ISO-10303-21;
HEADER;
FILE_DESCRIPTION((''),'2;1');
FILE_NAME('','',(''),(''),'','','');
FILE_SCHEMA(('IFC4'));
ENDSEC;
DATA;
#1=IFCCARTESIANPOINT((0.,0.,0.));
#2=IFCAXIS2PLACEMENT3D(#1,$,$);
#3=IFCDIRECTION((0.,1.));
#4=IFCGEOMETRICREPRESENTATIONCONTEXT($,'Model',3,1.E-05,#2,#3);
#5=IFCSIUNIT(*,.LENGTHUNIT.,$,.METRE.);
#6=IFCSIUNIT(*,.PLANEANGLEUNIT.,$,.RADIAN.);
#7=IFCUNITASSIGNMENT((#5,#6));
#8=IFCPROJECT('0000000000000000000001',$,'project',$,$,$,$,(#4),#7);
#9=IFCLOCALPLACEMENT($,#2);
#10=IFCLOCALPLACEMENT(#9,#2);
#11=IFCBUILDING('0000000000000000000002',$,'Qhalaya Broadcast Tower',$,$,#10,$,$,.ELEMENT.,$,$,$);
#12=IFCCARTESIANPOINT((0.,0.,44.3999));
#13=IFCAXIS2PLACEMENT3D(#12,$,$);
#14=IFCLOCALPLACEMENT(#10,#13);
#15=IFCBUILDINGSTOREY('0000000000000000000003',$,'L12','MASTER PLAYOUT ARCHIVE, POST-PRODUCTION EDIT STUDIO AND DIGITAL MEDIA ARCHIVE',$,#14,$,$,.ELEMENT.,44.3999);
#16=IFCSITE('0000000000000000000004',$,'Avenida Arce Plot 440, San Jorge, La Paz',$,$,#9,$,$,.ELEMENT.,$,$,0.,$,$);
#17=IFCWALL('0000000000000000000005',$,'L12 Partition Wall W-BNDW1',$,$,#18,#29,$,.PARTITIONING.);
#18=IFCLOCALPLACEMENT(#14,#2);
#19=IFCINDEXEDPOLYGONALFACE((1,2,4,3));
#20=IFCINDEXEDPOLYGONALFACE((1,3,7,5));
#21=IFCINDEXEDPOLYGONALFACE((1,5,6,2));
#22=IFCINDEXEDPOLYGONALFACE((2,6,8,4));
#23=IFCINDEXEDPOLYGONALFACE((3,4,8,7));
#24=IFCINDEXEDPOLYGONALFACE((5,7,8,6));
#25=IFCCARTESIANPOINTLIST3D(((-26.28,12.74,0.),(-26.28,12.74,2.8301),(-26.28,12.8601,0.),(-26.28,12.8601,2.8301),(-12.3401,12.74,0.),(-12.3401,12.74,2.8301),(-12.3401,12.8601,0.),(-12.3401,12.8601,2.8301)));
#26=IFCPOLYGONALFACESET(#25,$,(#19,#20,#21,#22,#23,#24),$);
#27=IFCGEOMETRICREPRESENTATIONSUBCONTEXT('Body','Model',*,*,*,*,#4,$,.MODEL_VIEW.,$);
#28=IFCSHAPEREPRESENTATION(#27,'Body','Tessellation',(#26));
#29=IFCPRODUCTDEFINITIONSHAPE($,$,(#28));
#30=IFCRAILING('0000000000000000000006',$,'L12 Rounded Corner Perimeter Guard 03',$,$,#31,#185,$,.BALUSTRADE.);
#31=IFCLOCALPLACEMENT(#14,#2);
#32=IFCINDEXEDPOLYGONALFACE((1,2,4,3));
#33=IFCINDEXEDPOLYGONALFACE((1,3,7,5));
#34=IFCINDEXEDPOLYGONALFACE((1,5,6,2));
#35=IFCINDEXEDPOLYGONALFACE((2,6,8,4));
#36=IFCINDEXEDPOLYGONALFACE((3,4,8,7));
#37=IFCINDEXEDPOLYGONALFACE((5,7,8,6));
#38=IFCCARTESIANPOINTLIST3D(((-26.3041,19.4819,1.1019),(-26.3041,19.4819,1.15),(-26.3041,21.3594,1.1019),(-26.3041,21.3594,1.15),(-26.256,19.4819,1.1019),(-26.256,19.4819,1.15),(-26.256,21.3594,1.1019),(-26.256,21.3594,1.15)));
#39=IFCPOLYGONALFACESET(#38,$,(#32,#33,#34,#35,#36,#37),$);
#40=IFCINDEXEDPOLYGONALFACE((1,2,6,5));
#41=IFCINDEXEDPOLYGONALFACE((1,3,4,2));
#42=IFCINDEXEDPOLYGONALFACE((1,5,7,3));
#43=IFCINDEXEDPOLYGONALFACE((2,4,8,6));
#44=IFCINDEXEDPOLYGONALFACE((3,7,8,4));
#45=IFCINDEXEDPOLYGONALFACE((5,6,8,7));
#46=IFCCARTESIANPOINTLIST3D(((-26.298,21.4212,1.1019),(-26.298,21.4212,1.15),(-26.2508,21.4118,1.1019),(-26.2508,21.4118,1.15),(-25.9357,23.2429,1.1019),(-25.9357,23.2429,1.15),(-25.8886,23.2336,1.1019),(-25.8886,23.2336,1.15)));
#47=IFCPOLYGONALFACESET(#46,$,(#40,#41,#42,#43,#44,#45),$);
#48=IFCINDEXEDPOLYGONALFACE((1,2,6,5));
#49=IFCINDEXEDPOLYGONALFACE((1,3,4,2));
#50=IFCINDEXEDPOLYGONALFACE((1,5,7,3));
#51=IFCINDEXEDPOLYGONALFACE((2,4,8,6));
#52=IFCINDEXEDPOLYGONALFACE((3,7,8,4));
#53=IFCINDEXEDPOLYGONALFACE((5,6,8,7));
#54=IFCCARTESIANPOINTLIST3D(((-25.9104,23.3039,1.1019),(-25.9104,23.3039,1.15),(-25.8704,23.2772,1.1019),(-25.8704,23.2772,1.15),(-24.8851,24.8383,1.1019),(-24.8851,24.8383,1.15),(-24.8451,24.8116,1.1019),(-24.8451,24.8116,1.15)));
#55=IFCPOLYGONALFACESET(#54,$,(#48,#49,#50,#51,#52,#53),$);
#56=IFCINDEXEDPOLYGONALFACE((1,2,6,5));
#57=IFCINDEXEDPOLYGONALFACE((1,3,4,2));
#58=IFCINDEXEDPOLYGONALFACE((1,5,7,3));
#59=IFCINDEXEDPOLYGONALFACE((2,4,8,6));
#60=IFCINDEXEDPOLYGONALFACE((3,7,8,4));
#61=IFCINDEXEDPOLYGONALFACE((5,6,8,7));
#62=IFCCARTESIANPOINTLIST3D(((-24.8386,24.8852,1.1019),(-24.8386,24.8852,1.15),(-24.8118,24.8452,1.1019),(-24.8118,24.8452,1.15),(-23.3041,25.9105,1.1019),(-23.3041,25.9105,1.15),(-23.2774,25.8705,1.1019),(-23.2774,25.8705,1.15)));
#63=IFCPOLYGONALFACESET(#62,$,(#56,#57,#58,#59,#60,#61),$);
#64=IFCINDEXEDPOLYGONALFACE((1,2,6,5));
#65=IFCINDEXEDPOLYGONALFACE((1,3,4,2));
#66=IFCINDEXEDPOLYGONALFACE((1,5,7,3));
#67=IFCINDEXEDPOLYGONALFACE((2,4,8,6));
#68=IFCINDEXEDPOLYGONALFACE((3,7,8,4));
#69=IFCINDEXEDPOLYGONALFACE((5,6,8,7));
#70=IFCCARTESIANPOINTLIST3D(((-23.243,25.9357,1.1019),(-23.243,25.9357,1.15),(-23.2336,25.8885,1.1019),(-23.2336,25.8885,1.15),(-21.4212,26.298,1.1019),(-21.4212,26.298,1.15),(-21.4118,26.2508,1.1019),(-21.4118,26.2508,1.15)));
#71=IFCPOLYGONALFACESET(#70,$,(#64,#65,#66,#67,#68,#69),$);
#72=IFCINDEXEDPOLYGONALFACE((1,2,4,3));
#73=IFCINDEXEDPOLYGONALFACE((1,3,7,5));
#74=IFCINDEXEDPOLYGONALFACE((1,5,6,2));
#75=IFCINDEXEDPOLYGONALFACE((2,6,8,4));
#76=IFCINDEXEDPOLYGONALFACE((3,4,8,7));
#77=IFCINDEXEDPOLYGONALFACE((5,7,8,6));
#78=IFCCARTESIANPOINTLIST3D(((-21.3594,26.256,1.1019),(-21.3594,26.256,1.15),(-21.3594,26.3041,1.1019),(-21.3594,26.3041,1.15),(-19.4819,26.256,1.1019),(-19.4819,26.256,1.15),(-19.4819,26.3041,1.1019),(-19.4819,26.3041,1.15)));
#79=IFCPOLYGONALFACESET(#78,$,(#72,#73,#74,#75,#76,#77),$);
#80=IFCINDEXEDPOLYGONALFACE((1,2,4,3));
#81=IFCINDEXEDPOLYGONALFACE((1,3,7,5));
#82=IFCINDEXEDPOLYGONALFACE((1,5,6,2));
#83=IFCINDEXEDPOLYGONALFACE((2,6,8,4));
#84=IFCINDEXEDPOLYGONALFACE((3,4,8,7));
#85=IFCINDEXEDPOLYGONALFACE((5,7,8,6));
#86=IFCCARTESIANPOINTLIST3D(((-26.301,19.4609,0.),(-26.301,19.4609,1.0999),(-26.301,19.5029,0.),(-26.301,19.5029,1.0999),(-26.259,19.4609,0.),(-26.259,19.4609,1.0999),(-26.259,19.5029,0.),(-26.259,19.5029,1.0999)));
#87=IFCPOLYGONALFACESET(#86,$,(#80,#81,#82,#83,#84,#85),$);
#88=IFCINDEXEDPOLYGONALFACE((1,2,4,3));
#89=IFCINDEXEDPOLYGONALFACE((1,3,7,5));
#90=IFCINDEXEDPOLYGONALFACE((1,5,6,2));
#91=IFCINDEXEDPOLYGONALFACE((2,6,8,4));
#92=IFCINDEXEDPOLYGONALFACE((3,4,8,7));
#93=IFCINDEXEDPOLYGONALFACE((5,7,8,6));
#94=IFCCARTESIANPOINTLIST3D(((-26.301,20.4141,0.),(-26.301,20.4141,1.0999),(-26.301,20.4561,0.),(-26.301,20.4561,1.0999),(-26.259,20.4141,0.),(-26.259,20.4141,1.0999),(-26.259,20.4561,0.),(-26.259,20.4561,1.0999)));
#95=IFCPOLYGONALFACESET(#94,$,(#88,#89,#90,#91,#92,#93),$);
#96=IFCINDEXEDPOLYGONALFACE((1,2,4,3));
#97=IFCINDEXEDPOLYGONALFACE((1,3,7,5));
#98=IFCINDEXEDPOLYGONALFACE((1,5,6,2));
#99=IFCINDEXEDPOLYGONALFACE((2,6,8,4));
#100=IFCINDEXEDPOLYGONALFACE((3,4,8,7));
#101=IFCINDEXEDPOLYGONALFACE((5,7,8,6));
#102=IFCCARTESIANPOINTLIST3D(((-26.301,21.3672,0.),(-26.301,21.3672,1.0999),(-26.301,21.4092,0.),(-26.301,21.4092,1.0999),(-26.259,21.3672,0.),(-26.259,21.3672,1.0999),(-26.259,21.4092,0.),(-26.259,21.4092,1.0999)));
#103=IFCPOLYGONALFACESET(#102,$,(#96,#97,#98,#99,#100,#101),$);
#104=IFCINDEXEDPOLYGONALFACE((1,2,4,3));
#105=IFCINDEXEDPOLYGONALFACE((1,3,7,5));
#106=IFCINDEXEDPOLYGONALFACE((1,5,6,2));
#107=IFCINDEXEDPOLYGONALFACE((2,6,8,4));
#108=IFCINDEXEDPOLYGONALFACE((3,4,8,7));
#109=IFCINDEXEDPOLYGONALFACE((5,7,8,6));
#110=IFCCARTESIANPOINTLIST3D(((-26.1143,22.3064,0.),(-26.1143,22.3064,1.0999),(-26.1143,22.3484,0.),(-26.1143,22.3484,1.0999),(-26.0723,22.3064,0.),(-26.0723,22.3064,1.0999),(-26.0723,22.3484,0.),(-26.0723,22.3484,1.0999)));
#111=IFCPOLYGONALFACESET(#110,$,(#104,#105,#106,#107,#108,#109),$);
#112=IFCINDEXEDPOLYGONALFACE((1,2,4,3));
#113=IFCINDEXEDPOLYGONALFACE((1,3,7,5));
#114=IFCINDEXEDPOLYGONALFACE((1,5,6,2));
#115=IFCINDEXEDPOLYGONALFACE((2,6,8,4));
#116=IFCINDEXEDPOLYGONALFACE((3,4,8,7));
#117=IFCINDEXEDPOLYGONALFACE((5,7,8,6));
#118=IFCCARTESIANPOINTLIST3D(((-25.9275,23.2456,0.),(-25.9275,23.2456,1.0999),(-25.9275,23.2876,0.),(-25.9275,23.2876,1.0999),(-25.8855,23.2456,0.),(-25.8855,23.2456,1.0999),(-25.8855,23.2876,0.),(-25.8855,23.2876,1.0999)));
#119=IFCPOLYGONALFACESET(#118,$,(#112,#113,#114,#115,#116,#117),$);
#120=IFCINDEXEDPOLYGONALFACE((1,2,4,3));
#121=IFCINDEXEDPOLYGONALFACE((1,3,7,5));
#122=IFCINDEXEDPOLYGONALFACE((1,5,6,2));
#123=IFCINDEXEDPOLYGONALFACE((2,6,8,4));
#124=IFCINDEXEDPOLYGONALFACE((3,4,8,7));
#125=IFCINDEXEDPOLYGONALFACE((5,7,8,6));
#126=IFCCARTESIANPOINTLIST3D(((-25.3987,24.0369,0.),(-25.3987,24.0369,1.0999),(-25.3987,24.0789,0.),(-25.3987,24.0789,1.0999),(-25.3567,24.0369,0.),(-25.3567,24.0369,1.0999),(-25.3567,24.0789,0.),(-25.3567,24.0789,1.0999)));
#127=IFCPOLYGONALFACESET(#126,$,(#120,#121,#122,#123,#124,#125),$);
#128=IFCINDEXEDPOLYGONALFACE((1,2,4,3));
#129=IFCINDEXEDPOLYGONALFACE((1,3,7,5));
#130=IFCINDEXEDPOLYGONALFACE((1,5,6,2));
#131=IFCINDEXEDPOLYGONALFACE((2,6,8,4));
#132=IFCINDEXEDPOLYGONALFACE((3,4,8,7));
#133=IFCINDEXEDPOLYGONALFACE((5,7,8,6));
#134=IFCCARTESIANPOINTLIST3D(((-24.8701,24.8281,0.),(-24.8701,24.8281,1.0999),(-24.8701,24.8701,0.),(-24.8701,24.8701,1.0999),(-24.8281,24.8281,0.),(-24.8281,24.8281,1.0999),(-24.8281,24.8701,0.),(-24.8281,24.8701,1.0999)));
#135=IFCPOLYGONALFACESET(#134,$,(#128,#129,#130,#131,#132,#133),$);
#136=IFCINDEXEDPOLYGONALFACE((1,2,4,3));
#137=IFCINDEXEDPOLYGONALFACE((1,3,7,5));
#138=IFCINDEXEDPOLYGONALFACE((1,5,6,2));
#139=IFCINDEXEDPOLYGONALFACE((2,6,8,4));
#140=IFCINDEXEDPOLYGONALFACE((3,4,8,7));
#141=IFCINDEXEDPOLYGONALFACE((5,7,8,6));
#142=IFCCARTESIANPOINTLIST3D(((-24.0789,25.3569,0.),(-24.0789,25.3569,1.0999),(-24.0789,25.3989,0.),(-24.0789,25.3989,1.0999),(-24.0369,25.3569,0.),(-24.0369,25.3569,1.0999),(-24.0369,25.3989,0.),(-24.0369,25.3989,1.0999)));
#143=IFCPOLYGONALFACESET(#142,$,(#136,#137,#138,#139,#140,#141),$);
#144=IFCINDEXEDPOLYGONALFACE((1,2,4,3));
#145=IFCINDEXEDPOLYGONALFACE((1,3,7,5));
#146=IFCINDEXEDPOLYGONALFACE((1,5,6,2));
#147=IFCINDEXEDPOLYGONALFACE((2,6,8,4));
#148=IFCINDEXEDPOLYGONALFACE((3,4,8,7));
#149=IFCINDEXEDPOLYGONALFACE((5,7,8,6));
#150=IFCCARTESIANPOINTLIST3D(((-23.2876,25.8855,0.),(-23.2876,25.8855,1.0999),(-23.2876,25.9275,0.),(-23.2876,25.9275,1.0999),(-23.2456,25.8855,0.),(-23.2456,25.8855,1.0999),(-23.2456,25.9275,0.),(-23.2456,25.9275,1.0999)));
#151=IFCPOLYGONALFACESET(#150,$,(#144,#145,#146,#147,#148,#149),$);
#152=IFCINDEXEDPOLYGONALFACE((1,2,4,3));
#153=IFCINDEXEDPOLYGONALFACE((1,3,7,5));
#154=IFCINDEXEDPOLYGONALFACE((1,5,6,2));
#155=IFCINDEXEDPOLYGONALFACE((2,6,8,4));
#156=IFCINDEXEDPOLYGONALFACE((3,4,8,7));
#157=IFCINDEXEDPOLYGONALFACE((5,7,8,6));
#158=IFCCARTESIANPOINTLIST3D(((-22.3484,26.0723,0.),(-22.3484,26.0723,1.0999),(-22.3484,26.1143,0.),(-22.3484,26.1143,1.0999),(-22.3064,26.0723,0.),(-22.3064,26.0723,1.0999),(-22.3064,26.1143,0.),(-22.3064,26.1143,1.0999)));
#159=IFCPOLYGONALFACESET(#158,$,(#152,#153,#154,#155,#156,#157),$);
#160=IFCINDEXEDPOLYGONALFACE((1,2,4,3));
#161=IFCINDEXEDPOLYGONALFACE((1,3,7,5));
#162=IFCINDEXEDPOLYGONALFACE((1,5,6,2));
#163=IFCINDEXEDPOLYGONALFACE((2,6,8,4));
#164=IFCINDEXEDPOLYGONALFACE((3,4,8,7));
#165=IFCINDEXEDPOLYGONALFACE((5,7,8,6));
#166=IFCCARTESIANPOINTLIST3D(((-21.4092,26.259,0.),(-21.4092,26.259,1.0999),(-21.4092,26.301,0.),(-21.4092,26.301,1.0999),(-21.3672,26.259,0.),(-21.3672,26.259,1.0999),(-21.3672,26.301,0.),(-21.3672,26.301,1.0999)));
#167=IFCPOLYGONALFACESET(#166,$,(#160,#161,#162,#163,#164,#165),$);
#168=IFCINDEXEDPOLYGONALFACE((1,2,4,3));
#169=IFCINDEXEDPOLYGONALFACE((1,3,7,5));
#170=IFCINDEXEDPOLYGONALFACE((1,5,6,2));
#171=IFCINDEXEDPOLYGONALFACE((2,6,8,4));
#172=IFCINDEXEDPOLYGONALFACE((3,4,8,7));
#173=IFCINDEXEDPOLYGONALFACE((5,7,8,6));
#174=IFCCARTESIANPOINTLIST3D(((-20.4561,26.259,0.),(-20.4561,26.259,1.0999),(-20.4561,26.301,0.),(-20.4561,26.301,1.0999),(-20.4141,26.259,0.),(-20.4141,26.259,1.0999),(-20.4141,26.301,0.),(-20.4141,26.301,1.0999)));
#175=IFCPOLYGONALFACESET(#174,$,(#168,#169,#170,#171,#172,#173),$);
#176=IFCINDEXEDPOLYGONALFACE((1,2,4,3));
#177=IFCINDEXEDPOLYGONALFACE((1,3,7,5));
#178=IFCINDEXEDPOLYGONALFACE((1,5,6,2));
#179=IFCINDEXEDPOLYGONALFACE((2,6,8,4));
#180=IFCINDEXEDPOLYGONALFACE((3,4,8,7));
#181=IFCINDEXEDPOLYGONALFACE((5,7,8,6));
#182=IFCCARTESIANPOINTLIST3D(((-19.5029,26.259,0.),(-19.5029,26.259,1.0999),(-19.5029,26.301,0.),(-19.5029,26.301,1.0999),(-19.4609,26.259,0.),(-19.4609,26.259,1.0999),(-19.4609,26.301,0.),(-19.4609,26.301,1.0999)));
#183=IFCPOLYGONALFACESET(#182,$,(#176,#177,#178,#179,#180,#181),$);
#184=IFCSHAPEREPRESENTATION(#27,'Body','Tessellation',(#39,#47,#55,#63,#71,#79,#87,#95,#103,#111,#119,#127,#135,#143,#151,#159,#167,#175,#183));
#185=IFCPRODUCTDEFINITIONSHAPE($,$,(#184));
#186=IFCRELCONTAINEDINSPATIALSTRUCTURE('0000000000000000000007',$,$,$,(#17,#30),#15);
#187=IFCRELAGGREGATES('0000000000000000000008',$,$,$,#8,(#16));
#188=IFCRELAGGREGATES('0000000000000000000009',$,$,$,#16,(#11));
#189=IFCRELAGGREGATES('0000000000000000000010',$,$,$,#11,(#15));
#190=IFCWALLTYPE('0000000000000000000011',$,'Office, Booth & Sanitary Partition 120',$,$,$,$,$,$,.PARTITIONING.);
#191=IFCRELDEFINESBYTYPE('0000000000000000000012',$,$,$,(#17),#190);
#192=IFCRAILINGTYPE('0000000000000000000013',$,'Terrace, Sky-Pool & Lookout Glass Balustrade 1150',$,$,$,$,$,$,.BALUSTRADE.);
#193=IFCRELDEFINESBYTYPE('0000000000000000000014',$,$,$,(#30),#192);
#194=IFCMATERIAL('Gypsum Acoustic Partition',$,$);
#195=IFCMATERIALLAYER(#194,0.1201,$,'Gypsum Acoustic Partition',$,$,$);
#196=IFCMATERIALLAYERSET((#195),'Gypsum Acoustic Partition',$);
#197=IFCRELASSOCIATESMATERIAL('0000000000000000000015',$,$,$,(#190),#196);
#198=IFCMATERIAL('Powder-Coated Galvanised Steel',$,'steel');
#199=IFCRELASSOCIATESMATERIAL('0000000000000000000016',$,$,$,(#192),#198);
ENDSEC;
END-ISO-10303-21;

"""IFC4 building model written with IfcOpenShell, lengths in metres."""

from ifc_helpers import new_model, si_unit, direction, frame, frame_2d, origin, origin_2d, place, context, subcontext, project, spatial, rectangle, extrude, material, layer, layer_set, type_object, element, save


model = new_model("IFC4")

# Units and contexts
model_context = context("Model", 3, precision=1e-05, world=origin(), true_north=direction((0.0, 1.0)))
body_context = subcontext(model_context, "Body", "Model", "MODEL_VIEW")
ifc_project = project(units=[si_unit("LENGTHUNIT", "METRE"), si_unit("PLANEANGLEUNIT", "RADIAN")], contexts=[model_context])

# Site, building, storey
site_placement = place(None, origin())
site = spatial("IfcSite", under=ifc_project, at=site_placement, Name="Avenida Arce Plot 440, San Jorge, La Paz", CompositionType="ELEMENT", RefElevation=0.0)
building_placement = place(site_placement, origin())
building = spatial("IfcBuilding", under=site, at=building_placement, Name="Qhalaya Broadcast Tower", CompositionType="ELEMENT")
storey_placement = place(building_placement, frame((0.0, 0.0, 44.3999)))
storey = spatial("IfcBuildingStorey", under=building, at=storey_placement, Name="L12", Description="MASTER PLAYOUT ARCHIVE, POST-PRODUCTION EDIT STUDIO AND DIGITAL MEDIA ARCHIVE", CompositionType="ELEMENT", Elevation=44.3999)

# Wall
ifc_material_1 = material(Name="Gypsum Acoustic Partition")
ifc_layer_1 = layer(ifc_material_1, 0.1201, Name="Gypsum Acoustic Partition")
ifc_layer_set_1 = layer_set([ifc_layer_1], Name="Gypsum Acoustic Partition")
wall_type_1 = type_object("IfcWallType", Name="Office, Booth & Sanitary Partition 120", PredefinedType="PARTITIONING", material=ifc_layer_set_1)
wall_1_placement = place(storey_placement, frame((-26.28, 12.8, 0.0), z_axis=(0.0, 0.0, 1.0), x_axis=(1.0, 0.0, 0.0)))
element("IfcWall", 1, at=wall_1_placement, inside=storey, type_object=wall_type_1, Name="L12 Partition Wall W-BNDW1", PredefinedType="PARTITIONING", context=body_context, shape_type="SweptSolid", body=[
    extrude(rectangle(XDim=13.9399, YDim=0.1201, at=frame_2d((6.97, 0.0))), origin(), (0.0, 0.0, 1.0), 2.8301),
])

# Railing
ifc_material_2 = material(Name="Powder-Coated Galvanised Steel", Category="steel")
railing_type = type_object("IfcRailingType", Name="Terrace, Sky-Pool & Lookout Glass Balustrade 1150", PredefinedType="BALUSTRADE", material=ifc_material_2)
railing_placement = place(storey_placement, frame((-26.28, 19.4819, 0.0)))
element("IfcRailing", 2, at=railing_placement, inside=storey, type_object=railing_type, Name="L12 Rounded Corner Perimeter Guard 03", PredefinedType="BALUSTRADE", context=body_context, shape_type="SweptSolid", body=[
    extrude(rectangle(XDim=0.0481, YDim=0.0481, at=origin_2d()), frame((0.0, 0.0, 1.126), z_axis=(0.0, 1.0, 0.0), x_axis=(-1.0, 0.0, 0.0)), (0.0, 0.0, 1.0), 1.8774),
    extrude(rectangle(XDim=0.0481, YDim=0.0481, at=origin_2d()), frame((0.0056, 1.9346, 1.126), z_axis=(0.195037, 0.980796, 0.0), x_axis=(-0.980796, 0.195037, 0.0)), (0.0, 0.0, 1.0), 1.8574),
    extrude(rectangle(XDim=0.0481, YDim=0.0481, at=origin_2d()), frame((0.3896, 3.8086, 1.126), z_axis=(0.555558, 0.831478, 0.0), x_axis=(-0.831478, 0.555558, 0.0)), (0.0, 0.0, 1.0), 1.8455),
    extrude(rectangle(XDim=0.0481, YDim=0.0481, at=origin_2d()), frame((1.4548, 5.3833, 1.126), z_axis=(0.831478, 0.555558, 0.0), x_axis=(-0.555558, 0.831478, 0.0)), (0.0, 0.0, 1.0), 1.8455),
    extrude(rectangle(XDim=0.0481, YDim=0.0481, at=origin_2d()), frame((3.0417, 6.4302, 1.126), z_axis=(0.980796, 0.195037, 0.0), x_axis=(-0.195037, 0.980796, 0.0)), (0.0, 0.0, 1.0), 1.8574),
    extrude(rectangle(XDim=0.0481, YDim=0.0481, at=origin_2d()), frame((4.9207, 6.7981, 1.126), z_axis=(1.0, 0.0, 0.0), x_axis=(0.0, 1.0, 0.0)), (0.0, 0.0, 1.0), 1.8774),
    extrude(rectangle(XDim=0.042, YDim=0.042, at=origin_2d()), origin(), (0.0, 0.0, 1.0), 1.0999),
    extrude(rectangle(XDim=0.042, YDim=0.042, at=origin_2d()), frame((0.0, 0.9531, 0.0)), (0.0, 0.0, 1.0), 1.0999),
    extrude(rectangle(XDim=0.042, YDim=0.042, at=origin_2d()), frame((0.0, 1.9062, 0.0)), (0.0, 0.0, 1.0), 1.0999),
    extrude(rectangle(XDim=0.042, YDim=0.042, at=origin_2d()), frame((0.1868, 2.8455, 0.0)), (0.0, 0.0, 1.0), 1.0999),
    extrude(rectangle(XDim=0.042, YDim=0.042, at=origin_2d()), frame((0.3735, 3.7847, 0.0)), (0.0, 0.0, 1.0), 1.0999),
    extrude(rectangle(XDim=0.042, YDim=0.042, at=origin_2d()), frame((0.9023, 4.5759, 0.0)), (0.0, 0.0, 1.0), 1.0999),
    extrude(rectangle(XDim=0.042, YDim=0.042, at=origin_2d()), frame((1.4309, 5.3672, 0.0)), (0.0, 0.0, 1.0), 1.0999),
    extrude(rectangle(XDim=0.042, YDim=0.042, at=origin_2d()), frame((2.2222, 5.896, 0.0)), (0.0, 0.0, 1.0), 1.0999),
    extrude(rectangle(XDim=0.042, YDim=0.042, at=origin_2d()), frame((3.0134, 6.4246, 0.0)), (0.0, 0.0, 1.0), 1.0999),
    extrude(rectangle(XDim=0.042, YDim=0.042, at=origin_2d()), frame((3.9526, 6.6113, 0.0)), (0.0, 0.0, 1.0), 1.0999),
    extrude(rectangle(XDim=0.042, YDim=0.042, at=origin_2d()), frame((4.8918, 6.7981, 0.0)), (0.0, 0.0, 1.0), 1.0999),
    extrude(rectangle(XDim=0.042, YDim=0.042, at=origin_2d()), frame((5.845, 6.7981, 0.0)), (0.0, 0.0, 1.0), 1.0999),
    extrude(rectangle(XDim=0.042, YDim=0.042, at=origin_2d()), frame((6.7981, 6.7981, 0.0)), (0.0, 0.0, 1.0), 1.0999),
])

save(model, "model.ifc")
